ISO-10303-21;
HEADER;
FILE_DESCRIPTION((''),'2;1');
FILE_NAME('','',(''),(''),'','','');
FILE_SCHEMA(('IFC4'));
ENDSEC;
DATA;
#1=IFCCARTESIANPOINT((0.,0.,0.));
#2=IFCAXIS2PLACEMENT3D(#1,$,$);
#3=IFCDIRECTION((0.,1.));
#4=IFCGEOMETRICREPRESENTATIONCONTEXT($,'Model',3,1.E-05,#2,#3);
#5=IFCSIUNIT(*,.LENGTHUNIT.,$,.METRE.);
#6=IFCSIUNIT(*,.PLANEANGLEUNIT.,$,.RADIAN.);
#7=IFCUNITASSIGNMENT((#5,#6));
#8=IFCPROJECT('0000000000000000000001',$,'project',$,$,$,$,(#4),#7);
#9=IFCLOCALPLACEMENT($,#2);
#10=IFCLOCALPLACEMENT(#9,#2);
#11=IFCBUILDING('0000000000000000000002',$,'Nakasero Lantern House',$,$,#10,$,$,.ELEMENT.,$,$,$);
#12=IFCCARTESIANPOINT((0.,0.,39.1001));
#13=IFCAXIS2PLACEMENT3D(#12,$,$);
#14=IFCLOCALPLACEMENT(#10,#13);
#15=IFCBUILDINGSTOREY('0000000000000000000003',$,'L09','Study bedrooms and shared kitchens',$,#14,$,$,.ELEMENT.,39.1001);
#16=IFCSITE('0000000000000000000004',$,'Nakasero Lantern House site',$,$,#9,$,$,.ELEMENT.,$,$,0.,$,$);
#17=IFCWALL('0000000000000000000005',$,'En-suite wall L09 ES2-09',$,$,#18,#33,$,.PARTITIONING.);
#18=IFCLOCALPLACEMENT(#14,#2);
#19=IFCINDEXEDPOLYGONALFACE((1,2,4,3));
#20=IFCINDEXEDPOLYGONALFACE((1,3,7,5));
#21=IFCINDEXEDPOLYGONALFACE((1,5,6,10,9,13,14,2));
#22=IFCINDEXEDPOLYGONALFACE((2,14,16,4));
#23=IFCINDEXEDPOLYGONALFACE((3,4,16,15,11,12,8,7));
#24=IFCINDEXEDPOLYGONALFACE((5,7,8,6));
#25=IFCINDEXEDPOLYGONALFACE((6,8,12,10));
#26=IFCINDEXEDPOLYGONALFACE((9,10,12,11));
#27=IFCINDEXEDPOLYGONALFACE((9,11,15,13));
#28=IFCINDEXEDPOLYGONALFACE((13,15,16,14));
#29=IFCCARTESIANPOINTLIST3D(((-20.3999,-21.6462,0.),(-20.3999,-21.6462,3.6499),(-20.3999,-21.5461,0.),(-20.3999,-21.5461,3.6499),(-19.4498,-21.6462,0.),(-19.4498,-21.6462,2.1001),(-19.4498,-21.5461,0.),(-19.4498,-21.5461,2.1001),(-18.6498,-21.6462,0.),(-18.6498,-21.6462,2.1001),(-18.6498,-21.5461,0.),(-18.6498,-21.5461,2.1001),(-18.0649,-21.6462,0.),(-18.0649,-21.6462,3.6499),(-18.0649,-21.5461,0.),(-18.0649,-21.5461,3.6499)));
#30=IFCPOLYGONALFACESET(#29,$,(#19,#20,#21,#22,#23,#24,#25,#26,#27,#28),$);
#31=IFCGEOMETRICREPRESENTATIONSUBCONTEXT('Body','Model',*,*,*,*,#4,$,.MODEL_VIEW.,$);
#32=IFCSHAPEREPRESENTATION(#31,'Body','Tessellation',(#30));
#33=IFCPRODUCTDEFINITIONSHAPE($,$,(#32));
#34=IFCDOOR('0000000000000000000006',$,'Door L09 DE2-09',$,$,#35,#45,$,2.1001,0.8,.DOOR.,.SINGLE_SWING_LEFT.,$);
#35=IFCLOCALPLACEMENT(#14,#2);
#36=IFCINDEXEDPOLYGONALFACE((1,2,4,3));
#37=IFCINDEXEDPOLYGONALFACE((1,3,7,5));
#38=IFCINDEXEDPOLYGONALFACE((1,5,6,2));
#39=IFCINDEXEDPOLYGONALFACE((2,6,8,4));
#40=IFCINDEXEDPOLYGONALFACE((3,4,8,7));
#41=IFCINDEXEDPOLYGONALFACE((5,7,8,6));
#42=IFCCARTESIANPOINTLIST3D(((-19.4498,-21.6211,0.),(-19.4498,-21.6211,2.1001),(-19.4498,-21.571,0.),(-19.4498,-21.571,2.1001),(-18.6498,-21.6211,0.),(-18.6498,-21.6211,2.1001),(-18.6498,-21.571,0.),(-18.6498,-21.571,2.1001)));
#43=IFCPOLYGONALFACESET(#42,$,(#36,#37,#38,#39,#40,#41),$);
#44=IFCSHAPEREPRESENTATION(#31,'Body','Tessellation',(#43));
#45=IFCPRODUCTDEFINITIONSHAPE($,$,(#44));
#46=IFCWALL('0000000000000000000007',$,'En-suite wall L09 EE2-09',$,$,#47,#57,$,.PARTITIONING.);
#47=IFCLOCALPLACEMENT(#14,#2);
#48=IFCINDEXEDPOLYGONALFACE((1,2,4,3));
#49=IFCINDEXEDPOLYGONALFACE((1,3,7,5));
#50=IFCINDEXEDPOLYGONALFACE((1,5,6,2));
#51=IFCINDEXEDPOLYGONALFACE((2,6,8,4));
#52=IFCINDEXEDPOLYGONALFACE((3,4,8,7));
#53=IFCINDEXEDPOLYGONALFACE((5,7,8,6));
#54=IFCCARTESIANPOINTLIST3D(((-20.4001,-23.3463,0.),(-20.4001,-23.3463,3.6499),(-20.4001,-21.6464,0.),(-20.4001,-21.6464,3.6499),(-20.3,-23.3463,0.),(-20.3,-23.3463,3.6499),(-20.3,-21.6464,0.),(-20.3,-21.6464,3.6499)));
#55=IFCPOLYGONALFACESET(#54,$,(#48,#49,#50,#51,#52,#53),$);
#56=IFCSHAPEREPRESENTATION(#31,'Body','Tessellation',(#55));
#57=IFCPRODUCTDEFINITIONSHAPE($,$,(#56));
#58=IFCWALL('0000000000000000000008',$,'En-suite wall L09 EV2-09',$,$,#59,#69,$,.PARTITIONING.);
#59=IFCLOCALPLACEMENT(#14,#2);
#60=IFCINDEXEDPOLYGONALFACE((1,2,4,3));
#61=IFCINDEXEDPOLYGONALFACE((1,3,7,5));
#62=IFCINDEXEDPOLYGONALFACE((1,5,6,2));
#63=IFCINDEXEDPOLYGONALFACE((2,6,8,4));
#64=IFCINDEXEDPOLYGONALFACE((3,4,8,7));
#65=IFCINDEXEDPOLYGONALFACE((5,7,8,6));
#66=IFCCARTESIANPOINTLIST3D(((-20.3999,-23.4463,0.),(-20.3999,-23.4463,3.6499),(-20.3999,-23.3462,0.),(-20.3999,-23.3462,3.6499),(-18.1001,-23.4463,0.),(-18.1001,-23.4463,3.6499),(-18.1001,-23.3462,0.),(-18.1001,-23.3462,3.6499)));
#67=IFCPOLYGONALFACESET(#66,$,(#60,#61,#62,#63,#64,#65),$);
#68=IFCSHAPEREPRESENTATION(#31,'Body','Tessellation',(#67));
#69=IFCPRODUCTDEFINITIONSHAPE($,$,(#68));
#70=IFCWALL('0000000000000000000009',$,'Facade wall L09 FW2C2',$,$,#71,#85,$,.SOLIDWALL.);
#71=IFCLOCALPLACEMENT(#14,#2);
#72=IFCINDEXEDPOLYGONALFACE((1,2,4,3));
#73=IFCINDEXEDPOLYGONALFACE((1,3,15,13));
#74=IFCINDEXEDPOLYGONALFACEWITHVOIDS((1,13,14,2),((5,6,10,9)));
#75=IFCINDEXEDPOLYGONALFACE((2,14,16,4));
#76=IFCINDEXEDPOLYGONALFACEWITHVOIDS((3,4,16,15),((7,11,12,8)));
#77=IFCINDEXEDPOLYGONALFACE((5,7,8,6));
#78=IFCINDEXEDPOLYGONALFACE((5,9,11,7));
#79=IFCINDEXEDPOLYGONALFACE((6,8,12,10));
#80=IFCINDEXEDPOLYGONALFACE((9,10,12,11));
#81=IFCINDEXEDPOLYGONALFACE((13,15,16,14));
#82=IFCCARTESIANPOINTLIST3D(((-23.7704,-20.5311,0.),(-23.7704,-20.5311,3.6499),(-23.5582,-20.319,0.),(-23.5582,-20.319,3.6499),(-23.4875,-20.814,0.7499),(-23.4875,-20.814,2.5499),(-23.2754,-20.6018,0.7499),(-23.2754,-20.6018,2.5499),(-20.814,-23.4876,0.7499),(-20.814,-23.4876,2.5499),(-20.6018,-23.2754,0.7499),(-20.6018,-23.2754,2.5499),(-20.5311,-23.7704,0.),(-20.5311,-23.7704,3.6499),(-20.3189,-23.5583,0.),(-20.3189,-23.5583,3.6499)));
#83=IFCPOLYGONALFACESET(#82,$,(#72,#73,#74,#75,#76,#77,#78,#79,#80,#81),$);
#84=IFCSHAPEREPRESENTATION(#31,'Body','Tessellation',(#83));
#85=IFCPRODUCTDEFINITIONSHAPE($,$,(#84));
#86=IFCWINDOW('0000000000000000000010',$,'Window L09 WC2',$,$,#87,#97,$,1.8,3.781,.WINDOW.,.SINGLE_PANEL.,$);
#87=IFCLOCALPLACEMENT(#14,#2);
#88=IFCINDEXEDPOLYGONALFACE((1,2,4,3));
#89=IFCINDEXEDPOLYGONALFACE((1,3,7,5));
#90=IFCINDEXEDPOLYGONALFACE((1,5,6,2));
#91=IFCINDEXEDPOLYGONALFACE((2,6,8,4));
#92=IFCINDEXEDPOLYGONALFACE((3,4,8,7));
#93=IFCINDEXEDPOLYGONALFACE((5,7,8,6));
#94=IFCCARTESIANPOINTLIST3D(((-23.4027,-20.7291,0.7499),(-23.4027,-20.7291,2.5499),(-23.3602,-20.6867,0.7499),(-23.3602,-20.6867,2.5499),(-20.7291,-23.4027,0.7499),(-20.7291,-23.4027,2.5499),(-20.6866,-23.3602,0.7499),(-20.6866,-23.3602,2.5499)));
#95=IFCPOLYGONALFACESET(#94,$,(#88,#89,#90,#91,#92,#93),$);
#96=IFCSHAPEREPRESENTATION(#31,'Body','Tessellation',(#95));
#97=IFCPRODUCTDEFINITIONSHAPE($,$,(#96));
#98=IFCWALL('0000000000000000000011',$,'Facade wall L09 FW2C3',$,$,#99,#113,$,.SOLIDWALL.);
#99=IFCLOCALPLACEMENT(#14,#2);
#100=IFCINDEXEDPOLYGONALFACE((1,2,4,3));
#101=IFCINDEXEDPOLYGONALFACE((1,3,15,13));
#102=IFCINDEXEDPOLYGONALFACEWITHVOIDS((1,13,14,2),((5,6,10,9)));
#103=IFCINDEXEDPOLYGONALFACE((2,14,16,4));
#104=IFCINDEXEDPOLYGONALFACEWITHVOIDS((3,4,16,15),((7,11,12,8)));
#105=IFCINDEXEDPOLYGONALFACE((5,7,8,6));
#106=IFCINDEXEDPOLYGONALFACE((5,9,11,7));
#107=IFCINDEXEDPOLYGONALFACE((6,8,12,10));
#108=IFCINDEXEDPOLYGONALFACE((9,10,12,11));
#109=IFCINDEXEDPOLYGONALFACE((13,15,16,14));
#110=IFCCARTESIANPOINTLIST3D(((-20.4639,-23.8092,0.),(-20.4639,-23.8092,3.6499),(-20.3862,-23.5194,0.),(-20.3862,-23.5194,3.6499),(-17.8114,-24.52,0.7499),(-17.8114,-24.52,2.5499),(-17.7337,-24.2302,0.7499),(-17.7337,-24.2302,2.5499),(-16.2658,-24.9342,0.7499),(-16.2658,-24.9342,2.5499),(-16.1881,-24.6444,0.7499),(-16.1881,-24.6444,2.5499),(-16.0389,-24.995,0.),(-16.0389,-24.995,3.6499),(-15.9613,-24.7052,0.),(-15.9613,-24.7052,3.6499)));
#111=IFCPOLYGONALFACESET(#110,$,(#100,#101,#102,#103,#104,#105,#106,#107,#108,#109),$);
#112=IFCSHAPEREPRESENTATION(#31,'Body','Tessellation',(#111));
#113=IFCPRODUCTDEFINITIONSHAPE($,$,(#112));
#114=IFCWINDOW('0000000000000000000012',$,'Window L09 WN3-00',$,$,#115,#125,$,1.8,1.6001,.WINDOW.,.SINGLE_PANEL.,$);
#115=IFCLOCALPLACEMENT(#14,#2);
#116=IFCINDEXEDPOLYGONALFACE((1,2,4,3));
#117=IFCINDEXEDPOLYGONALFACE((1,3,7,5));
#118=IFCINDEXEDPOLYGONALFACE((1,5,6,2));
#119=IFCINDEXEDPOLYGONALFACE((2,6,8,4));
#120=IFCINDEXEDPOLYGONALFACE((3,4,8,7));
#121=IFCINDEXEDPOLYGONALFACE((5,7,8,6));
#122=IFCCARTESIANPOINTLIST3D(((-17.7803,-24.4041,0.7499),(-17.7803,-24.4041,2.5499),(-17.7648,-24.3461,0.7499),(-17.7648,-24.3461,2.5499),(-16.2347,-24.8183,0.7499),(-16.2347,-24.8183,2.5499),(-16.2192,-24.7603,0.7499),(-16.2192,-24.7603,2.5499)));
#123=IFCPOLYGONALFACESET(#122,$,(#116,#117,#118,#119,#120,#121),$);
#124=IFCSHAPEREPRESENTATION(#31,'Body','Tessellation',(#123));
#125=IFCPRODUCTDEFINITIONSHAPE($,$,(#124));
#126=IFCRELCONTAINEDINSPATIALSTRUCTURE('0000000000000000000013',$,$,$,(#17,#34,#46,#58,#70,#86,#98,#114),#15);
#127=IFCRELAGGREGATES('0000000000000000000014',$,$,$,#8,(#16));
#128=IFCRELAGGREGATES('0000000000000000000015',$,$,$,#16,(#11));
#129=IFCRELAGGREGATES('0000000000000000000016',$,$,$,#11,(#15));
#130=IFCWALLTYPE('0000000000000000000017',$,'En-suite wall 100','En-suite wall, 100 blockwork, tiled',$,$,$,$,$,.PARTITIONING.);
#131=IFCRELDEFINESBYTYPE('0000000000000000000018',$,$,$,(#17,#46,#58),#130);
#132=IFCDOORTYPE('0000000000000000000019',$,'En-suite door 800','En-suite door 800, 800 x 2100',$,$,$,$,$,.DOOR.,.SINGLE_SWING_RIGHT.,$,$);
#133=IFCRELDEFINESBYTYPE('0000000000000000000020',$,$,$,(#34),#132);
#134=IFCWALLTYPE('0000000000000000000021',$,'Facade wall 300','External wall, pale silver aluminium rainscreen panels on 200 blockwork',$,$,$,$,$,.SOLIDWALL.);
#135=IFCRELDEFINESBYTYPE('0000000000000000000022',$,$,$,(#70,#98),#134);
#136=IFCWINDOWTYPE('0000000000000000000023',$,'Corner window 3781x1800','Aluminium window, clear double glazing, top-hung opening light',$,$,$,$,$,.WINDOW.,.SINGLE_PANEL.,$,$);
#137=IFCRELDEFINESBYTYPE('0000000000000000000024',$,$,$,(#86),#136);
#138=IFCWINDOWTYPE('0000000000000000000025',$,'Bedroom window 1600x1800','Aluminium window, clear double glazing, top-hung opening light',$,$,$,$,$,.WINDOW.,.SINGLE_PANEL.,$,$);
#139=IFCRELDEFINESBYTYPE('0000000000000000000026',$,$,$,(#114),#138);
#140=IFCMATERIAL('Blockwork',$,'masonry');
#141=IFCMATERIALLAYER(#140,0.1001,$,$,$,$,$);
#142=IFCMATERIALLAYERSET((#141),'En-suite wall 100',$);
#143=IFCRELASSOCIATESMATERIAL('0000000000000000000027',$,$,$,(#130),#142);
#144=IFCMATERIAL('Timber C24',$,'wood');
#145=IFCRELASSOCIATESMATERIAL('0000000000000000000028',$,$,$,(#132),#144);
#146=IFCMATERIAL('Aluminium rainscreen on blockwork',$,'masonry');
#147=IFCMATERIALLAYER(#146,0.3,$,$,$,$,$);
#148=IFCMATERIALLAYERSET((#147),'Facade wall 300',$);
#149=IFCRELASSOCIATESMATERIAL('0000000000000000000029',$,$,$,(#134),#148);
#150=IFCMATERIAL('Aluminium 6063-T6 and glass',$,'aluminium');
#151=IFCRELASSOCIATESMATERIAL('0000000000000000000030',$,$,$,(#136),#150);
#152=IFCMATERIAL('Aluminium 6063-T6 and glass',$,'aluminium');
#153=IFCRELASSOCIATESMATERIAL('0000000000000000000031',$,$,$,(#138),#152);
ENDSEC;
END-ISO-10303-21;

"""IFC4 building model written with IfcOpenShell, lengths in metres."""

from ifc_helpers import new_model, si_unit, direction, frame, frame_2d, origin, place, context, subcontext, project, spatial, rectangle, extrude, material, layer, layer_set, type_object, element, fill, save


model = new_model("IFC4")

# Units and contexts
model_context = context("Model", 3, precision=1e-05, world=origin(), true_north=direction((0.0, 1.0)))
body_context = subcontext(model_context, "Body", "Model", "MODEL_VIEW")
ifc_project = project(units=[si_unit("LENGTHUNIT", "METRE"), si_unit("PLANEANGLEUNIT", "RADIAN")], contexts=[model_context])

# Site, building, storey
site_placement = place(None, origin())
site = spatial("IfcSite", under=ifc_project, at=site_placement, Name="Nakasero Lantern House site", CompositionType="ELEMENT", RefElevation=0.0)
building_placement = place(site_placement, origin())
building = spatial("IfcBuilding", under=site, at=building_placement, Name="Nakasero Lantern House", CompositionType="ELEMENT")
storey_placement = place(building_placement, frame((0.0, 0.0, 39.1001)))
storey = spatial("IfcBuildingStorey", under=building, at=storey_placement, Name="L09", Description="Study bedrooms and shared kitchens", CompositionType="ELEMENT", Elevation=39.1001)

# Wall, opening, door
ifc_material_1 = material(Name="Blockwork", Category="masonry")
ifc_layer_1 = layer(ifc_material_1, 0.1001)
ifc_layer_set_1 = layer_set([ifc_layer_1], Name="En-suite wall 100")
wall_type_1 = type_object("IfcWallType", Name="En-suite wall 100", Description="En-suite wall, 100 blockwork, tiled", PredefinedType="PARTITIONING", material=ifc_layer_set_1)
wall_1_placement = place(storey_placement, frame((-18.0649, -21.5962, 0.0), z_axis=(0.0, 0.0, 1.0), x_axis=(-1.0, 0.0, 0.0)))
wall_1 = element("IfcWall", 1, at=wall_1_placement, inside=storey, type_object=wall_type_1, Name="En-suite wall L09 ES2-09", PredefinedType="PARTITIONING", context=body_context, shape_type="SweptSolid", body=[
    extrude(rectangle(XDim=2.335, YDim=0.1001, at=frame_2d((1.1675, 0.0))), origin(), (0.0, 0.0, 1.0), 3.6499),
])
opening_1_placement = place(wall_1_placement, frame((0.585, 0.0, 0.0)))
opening_1 = element("IfcOpeningElement", 2, at=opening_1_placement, cuts=wall_1, PredefinedType="OPENING", context=body_context, shape_type="SweptSolid", body=[
    extrude(rectangle(XDim=0.8, YDim=2.1001, at=frame_2d((0.3999, 1.05))), frame((0.0, 0.0701, 0.0), z_axis=(0.0, -1.0, 0.0), x_axis=(1.0, 0.0, 0.0)), (0.0, 0.0, 1.0), 0.1401),
])
ifc_material_2 = material(Name="Timber C24", Category="wood")
door_type_1 = type_object("IfcDoorType", Name="En-suite door 800", Description="En-suite door 800, 800 x 2100", OperationType="SINGLE_SWING_RIGHT", PredefinedType="DOOR", material=ifc_material_2)
door_1_placement = place(opening_1_placement, origin())
door_1 = element("IfcDoor", 3, at=door_1_placement, inside=storey, type_object=door_type_1, Name="Door L09 DE2-09", OperationType="SINGLE_SWING_LEFT", OverallHeight=2.1001, OverallWidth=0.8, PredefinedType="DOOR", context=body_context, shape_type="SweptSolid", body=[
    extrude(rectangle(XDim=0.8, YDim=2.1001, at=frame_2d((0.3999, 1.05))), frame((0.0, 0.0249, 0.0), z_axis=(0.0, -1.0, 0.0), x_axis=(1.0, 0.0, 0.0)), (0.0, 0.0, 1.0), 0.05),
])
fill(opening_1, door_1)

# Walls
wall_2_placement = place(storey_placement, frame((-20.3501, -21.6462, 0.0), z_axis=(0.0, 0.0, 1.0), x_axis=(0.0, -1.0, 0.0)))
element("IfcWall", 4, at=wall_2_placement, inside=storey, type_object=wall_type_1, Name="En-suite wall L09 EE2-09", PredefinedType="PARTITIONING", context=body_context, shape_type="SweptSolid", body=[
    extrude(rectangle(XDim=1.7, YDim=0.1001, at=frame_2d((0.8501, 0.0))), origin(), (0.0, 0.0, 1.0), 3.6499),
])
wall_3_placement = place(storey_placement, frame((-18.1001, -23.3962, 0.0), z_axis=(0.0, 0.0, 1.0), x_axis=(-1.0, 0.0, 0.0)))
element("IfcWall", 5, at=wall_3_placement, inside=storey, type_object=wall_type_1, Name="En-suite wall L09 EV2-09", PredefinedType="PARTITIONING", context=body_context, shape_type="SweptSolid", body=[
    extrude(rectangle(XDim=2.2998, YDim=0.1001, at=frame_2d((1.1499, 0.0))), origin(), (0.0, 0.0, 1.0), 3.6499),
])

# Walls, openings, windows
ifc_material_3 = material(Name="Aluminium rainscreen on blockwork", Category="masonry")
ifc_layer_2 = layer(ifc_material_3, 0.3)
ifc_layer_set_2 = layer_set([ifc_layer_2], Name="Facade wall 300")
wall_type_2 = type_object("IfcWallType", Name="Facade wall 300", Description="External wall, pale silver aluminium rainscreen panels on 200 blockwork", PredefinedType="SOLIDWALL", material=ifc_layer_set_2)
wall_4_placement = place(storey_placement, frame((-23.6643, -20.425, 0.0), z_axis=(0.0, 0.0, 1.0), x_axis=(0.707107, -0.707107, 0.0)))
wall_4 = element("IfcWall", 6, at=wall_4_placement, inside=storey, type_object=wall_type_2, Name="Facade wall L09 FW2C2", PredefinedType="SOLIDWALL", context=body_context, shape_type="SweptSolid", body=[
    extrude(rectangle(XDim=4.5811, YDim=0.3, at=frame_2d((2.2905, 0.0))), origin(), (0.0, 0.0, 1.0), 3.6499),
])
opening_2_placement = place(wall_4_placement, frame((0.3999, 0.0, 0.75)))
opening_2 = element("IfcOpeningElement", 7, at=opening_2_placement, cuts=wall_4, PredefinedType="OPENING", context=body_context, shape_type="SweptSolid", body=[
    extrude(rectangle(XDim=3.781, YDim=1.8, at=frame_2d((1.8906, 0.8999))), frame((0.0, 0.1699, 0.0), z_axis=(0.0, -1.0, 0.0), x_axis=(1.0, 0.0, 0.0)), (0.0, 0.0, 1.0), 0.3401),
])
ifc_material_4 = material(Name="Aluminium 6063-T6 and glass", Category="aluminium")
window_type_1 = type_object("IfcWindowType", Name="Corner window 3781x1800", Description="Aluminium window, clear double glazing, top-hung opening light", PartitioningType="SINGLE_PANEL", PredefinedType="WINDOW", material=ifc_material_4)
window_1_placement = place(opening_2_placement, origin())
window_1 = element("IfcWindow", 8, at=window_1_placement, inside=storey, type_object=window_type_1, Name="Window L09 WC2", OverallHeight=1.8, OverallWidth=3.781, PartitioningType="SINGLE_PANEL", PredefinedType="WINDOW", context=body_context, shape_type="SweptSolid", body=[
    extrude(rectangle(XDim=3.781, YDim=1.8, at=frame_2d((1.8906, 0.8999))), frame((0.0, 0.03, 0.0), z_axis=(0.0, -1.0, 0.0), x_axis=(1.0, 0.0, 0.0)), (0.0, 0.0, 1.0), 0.0601),
])
fill(opening_2, window_1)
wall_5_placement = place(storey_placement, frame((-20.425, -23.6643, 0.0), z_axis=(0.0, 0.0, 1.0), x_axis=(0.96592, -0.25884, 0.0)))
wall_5 = element("IfcWall", 9, at=wall_5_placement, inside=storey, type_object=wall_type_2, Name="Facade wall L09 FW2C3", PredefinedType="SOLIDWALL", context=body_context, shape_type="SweptSolid", body=[
    extrude(rectangle(XDim=4.5811, YDim=0.3, at=frame_2d((2.2905, 0.0))), origin(), (0.0, 0.0, 1.0), 3.6499),
])
opening_3_placement = place(wall_5_placement, frame((2.7461, 0.0, 0.75)))
opening_3 = element("IfcOpeningElement", 10, at=opening_3_placement, cuts=wall_5, PredefinedType="OPENING", context=body_context, shape_type="SweptSolid", body=[
    extrude(rectangle(XDim=1.6001, YDim=1.8, at=frame_2d((0.8, 0.8999))), frame((0.0, 0.1699, 0.0), z_axis=(0.0, -1.0, 0.0), x_axis=(1.0, 0.0, 0.0)), (0.0, 0.0, 1.0), 0.3401),
])
ifc_material_5 = material(Name="Aluminium 6063-T6 and glass", Category="aluminium")
window_type_2 = type_object("IfcWindowType", Name="Bedroom window 1600x1800", Description="Aluminium window, clear double glazing, top-hung opening light", PartitioningType="SINGLE_PANEL", PredefinedType="WINDOW", material=ifc_material_5)
window_2_placement = place(opening_3_placement, origin())
window_2 = element("IfcWindow", 11, at=window_2_placement, inside=storey, type_object=window_type_2, Name="Window L09 WN3-00", OverallHeight=1.8, OverallWidth=1.6001, PartitioningType="SINGLE_PANEL", PredefinedType="WINDOW", context=body_context, shape_type="SweptSolid", body=[
    extrude(rectangle(XDim=1.6001, YDim=1.8, at=frame_2d((0.8, 0.8999))), frame((0.0, 0.03, 0.0), z_axis=(0.0, -1.0, 0.0), x_axis=(1.0, 0.0, 0.0)), (0.0, 0.0, 1.0), 0.0601),
])
fill(opening_3, window_2)

save(model, "model.ifc")
